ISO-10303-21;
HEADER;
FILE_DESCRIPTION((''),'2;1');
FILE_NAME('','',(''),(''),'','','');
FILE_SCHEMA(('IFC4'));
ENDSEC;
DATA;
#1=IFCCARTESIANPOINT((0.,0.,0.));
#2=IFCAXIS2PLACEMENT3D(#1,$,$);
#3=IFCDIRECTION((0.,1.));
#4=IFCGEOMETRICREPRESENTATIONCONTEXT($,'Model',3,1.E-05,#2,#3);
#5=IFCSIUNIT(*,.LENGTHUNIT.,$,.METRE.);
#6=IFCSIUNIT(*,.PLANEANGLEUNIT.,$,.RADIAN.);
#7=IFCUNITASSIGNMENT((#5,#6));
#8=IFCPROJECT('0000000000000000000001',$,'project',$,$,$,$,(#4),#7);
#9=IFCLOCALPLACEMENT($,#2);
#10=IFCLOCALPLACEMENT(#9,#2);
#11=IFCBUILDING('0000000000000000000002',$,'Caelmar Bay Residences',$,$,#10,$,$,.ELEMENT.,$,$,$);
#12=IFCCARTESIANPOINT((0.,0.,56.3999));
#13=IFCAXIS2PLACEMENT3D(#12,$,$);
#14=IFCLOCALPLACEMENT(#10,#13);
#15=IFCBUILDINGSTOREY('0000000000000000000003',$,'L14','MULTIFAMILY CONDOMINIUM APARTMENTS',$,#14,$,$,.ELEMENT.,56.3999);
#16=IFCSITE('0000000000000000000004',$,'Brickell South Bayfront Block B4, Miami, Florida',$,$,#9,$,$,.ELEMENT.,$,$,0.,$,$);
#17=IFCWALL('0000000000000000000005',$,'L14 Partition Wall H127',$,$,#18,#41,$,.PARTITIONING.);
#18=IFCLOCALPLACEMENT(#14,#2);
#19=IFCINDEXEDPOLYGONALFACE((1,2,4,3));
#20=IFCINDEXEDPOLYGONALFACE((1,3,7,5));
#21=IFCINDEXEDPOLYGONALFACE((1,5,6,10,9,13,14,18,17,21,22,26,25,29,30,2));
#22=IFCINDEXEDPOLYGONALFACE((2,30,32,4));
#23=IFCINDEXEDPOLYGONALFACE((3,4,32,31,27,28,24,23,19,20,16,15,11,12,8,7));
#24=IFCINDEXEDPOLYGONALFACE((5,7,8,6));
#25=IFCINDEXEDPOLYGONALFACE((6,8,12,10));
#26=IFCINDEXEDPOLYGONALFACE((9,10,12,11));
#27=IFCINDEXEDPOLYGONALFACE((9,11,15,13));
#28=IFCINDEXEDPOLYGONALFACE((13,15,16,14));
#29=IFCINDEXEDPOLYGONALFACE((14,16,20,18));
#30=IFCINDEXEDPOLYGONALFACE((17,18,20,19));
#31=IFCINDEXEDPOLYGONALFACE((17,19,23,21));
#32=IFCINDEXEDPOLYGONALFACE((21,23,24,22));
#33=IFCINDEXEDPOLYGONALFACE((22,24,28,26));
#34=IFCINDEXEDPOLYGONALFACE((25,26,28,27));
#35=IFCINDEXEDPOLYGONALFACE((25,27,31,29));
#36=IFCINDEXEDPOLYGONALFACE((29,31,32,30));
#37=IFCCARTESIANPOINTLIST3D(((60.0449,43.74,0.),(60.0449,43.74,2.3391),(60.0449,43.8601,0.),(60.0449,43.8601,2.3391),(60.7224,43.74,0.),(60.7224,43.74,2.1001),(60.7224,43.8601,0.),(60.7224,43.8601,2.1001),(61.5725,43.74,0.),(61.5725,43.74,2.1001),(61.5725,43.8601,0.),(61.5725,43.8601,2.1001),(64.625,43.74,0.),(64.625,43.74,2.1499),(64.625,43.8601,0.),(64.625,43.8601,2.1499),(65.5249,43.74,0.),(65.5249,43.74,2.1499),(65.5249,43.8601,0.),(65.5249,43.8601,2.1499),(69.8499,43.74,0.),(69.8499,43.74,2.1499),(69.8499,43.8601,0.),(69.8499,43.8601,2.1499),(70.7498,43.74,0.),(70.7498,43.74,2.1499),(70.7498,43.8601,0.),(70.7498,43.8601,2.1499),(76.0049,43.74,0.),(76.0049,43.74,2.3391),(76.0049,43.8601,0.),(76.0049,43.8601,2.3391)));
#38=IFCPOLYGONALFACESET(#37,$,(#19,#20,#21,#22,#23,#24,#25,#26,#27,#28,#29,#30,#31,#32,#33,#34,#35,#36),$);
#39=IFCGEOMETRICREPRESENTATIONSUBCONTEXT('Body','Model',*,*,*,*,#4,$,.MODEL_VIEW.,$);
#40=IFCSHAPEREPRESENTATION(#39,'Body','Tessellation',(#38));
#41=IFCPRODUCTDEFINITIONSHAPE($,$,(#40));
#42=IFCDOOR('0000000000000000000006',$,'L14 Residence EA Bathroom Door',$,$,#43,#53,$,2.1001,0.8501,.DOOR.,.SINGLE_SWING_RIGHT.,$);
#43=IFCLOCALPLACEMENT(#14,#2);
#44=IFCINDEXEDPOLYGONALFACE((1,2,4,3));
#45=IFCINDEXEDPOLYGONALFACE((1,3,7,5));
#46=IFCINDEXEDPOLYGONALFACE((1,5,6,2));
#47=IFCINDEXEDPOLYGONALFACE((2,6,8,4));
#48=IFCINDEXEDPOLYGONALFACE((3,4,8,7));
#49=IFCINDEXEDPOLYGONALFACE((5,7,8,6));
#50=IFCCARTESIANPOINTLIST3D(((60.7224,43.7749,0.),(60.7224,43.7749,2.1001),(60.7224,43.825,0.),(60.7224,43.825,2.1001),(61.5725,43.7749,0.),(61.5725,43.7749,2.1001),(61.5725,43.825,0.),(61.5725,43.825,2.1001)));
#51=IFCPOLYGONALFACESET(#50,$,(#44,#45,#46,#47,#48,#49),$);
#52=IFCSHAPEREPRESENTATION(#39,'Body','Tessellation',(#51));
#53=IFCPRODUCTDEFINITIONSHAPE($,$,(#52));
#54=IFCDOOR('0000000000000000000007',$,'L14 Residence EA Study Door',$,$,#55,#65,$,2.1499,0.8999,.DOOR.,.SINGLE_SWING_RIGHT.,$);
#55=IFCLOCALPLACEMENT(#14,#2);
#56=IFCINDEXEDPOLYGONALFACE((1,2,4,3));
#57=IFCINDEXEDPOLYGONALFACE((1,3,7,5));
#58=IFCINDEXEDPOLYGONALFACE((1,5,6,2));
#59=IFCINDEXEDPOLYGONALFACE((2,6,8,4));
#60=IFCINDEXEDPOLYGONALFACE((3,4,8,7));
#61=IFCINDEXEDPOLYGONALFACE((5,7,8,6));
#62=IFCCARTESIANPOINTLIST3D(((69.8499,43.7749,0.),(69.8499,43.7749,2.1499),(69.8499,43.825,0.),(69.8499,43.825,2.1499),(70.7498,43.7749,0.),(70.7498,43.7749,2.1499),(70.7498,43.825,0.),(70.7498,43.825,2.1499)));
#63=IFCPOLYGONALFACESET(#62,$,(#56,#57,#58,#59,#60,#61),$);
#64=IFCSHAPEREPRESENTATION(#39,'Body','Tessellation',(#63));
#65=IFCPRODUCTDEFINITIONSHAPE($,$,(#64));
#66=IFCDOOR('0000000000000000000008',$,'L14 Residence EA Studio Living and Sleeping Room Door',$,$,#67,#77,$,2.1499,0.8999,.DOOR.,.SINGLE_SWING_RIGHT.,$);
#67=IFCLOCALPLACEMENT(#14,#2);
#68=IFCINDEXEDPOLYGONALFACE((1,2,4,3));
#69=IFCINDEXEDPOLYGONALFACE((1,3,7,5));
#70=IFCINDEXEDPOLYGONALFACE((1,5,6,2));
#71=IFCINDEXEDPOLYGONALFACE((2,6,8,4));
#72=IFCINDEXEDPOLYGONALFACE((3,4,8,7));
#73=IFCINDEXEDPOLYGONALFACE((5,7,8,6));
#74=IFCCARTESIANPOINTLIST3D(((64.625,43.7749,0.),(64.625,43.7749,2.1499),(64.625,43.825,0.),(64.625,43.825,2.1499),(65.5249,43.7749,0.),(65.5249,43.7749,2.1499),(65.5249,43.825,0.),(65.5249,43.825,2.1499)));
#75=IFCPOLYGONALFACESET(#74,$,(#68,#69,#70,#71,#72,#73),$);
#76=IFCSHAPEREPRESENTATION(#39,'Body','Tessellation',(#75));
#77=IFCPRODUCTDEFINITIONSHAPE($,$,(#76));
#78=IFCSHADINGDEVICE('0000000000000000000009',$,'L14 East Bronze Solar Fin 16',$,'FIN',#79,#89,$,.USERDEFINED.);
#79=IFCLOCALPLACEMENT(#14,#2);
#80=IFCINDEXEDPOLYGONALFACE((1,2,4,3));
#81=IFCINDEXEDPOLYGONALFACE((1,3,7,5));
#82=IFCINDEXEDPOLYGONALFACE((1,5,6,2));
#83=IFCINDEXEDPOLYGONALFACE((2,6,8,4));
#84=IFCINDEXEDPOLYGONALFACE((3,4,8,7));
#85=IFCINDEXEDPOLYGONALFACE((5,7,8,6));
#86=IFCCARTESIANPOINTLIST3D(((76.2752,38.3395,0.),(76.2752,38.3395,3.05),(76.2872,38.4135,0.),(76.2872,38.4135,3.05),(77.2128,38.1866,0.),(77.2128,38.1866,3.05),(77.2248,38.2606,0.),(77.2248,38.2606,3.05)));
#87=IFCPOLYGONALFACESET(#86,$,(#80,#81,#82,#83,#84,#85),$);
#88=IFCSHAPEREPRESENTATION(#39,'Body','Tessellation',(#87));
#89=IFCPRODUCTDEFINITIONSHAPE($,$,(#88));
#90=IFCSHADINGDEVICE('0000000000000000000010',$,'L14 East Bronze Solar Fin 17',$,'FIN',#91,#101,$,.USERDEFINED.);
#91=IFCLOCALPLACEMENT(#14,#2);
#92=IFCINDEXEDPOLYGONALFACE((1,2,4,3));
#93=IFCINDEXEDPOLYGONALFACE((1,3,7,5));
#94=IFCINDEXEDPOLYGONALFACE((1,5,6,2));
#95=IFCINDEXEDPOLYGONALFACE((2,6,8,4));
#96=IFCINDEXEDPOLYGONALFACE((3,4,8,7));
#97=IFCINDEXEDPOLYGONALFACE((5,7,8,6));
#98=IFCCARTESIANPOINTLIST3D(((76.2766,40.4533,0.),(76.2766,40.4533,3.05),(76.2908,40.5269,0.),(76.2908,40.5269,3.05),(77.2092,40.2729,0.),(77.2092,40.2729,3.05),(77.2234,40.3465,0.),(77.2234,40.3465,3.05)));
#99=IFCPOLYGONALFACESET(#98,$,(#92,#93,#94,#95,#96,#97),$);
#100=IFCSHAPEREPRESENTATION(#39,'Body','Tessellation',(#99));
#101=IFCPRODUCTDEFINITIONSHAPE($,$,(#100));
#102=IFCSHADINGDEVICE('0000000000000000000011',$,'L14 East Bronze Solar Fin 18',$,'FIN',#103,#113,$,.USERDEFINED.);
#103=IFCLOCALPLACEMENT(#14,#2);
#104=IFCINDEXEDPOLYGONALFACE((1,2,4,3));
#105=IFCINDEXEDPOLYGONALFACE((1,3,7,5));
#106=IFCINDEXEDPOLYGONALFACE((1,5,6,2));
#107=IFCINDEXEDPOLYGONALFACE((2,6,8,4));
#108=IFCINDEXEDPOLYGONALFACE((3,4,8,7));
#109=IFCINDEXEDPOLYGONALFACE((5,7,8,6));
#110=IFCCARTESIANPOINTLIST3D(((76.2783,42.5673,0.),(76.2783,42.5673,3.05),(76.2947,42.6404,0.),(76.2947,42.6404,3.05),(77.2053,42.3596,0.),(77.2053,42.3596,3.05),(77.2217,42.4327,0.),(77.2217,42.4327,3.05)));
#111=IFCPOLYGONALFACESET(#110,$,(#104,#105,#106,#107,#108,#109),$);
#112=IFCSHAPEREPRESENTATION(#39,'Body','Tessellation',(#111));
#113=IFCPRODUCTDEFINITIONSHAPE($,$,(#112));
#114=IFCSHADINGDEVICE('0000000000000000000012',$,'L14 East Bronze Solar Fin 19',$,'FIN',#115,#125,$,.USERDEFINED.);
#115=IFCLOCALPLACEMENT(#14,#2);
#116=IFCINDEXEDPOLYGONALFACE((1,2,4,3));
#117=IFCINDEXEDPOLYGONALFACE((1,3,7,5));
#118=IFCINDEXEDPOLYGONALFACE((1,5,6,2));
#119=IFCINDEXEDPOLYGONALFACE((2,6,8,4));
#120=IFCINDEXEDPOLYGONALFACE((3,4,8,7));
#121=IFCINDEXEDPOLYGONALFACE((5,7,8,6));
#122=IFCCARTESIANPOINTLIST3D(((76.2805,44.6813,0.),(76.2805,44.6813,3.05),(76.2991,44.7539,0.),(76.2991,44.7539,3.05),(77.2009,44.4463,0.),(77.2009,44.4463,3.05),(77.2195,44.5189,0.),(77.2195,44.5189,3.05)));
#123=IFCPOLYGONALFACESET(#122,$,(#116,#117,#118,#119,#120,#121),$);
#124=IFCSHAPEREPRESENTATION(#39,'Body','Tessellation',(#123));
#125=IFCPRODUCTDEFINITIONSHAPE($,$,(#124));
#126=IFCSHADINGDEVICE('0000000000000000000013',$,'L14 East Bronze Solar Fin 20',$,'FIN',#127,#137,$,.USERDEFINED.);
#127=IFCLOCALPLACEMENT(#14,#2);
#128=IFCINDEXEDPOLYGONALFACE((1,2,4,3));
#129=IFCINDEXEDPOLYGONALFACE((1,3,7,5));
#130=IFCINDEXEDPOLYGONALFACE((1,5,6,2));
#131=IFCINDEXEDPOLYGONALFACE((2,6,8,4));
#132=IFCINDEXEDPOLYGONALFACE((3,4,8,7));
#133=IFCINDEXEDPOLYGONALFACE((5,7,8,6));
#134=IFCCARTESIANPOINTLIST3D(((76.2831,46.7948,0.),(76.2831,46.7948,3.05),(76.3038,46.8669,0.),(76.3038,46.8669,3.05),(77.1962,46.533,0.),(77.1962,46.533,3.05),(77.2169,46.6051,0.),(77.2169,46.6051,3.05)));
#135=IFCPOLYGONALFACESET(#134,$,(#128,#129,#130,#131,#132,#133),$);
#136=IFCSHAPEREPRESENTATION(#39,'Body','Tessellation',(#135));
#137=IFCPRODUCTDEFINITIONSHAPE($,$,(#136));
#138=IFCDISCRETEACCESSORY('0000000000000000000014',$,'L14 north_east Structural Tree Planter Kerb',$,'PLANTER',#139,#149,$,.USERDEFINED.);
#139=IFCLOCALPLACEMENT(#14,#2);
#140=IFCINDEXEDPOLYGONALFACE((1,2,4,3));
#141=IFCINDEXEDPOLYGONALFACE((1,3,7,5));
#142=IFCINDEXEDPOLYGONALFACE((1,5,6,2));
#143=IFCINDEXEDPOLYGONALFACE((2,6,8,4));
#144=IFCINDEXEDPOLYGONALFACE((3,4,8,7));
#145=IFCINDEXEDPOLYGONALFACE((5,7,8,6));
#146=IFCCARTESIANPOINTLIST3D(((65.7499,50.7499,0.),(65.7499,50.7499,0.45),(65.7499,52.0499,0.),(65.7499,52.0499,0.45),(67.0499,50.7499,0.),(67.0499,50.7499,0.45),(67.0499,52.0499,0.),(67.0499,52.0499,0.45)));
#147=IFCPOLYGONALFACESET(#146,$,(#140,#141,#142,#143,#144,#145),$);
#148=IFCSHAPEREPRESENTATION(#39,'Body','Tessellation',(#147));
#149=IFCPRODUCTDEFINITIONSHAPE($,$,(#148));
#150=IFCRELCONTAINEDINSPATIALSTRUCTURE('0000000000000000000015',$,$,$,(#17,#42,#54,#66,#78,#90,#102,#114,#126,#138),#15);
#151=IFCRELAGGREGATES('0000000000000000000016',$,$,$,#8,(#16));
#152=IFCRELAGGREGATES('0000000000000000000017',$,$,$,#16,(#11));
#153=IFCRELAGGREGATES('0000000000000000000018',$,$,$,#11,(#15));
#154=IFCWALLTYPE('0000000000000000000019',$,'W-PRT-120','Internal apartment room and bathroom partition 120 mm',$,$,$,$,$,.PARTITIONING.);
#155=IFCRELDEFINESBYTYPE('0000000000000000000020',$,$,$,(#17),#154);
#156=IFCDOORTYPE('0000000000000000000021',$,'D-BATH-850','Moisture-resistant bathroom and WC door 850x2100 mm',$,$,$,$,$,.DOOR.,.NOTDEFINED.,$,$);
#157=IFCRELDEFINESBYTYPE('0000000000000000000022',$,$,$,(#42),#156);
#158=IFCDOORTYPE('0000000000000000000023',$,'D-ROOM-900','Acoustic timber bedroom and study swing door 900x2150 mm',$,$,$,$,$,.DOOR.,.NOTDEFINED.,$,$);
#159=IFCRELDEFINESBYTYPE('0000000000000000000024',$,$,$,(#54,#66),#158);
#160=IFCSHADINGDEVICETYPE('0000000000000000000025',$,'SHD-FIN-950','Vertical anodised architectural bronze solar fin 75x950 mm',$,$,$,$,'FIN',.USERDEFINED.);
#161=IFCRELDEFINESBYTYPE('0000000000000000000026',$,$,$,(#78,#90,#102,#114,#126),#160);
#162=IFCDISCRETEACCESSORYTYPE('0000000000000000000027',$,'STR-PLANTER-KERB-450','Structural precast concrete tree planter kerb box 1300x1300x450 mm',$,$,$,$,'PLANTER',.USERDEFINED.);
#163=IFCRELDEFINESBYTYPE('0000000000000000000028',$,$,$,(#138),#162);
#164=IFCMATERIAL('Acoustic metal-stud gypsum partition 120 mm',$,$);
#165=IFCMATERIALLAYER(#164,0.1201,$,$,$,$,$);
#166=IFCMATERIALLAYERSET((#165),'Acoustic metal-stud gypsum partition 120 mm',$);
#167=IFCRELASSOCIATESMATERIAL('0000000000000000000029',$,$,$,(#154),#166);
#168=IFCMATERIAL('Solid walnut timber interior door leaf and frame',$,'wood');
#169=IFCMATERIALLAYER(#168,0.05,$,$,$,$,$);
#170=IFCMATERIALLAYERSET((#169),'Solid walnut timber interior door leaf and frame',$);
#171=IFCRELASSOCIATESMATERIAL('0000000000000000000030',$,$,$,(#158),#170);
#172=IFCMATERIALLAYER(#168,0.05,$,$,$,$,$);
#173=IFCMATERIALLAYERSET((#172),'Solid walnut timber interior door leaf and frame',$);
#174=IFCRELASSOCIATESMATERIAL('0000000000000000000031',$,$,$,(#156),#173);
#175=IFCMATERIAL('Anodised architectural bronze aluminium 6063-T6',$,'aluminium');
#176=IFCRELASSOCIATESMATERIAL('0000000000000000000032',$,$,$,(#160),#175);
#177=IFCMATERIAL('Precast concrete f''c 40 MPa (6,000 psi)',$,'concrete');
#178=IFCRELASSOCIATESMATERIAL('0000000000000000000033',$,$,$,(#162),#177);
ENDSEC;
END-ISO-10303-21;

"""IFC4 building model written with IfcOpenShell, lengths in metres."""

from ifc_helpers import new_model, si_unit, direction, frame, frame_2d, origin, origin_2d, place, context, subcontext, project, spatial, rectangle, extrude, material, layer, layer_set, material_profile, profile_set, type_object, element, fill, save


model = new_model("IFC4")

# Units and contexts
model_context = context("Model", 3, precision=1e-05, world=origin(), true_north=direction((0.0, 1.0)))
body_context = subcontext(model_context, "Body", "Model", "MODEL_VIEW")
ifc_project = project(units=[si_unit("LENGTHUNIT", "METRE"), si_unit("PLANEANGLEUNIT", "RADIAN")], contexts=[model_context])

# Site, building, storey
site_placement = place(None, origin())
site = spatial("IfcSite", under=ifc_project, at=site_placement, Name="Brickell South Bayfront Block B4, Miami, Florida", CompositionType="ELEMENT", RefElevation=0.0)
building_placement = place(site_placement, origin())
building = spatial("IfcBuilding", under=site, at=building_placement, Name="Caelmar Bay Residences", CompositionType="ELEMENT")
storey_placement = place(building_placement, frame((0.0, 0.0, 56.3999)))
storey = spatial("IfcBuildingStorey", under=building, at=storey_placement, Name="L14", Description="MULTIFAMILY CONDOMINIUM APARTMENTS", CompositionType="ELEMENT", Elevation=56.3999)

# Shared definitions
ifc_material_1 = material(Name="Precast concrete f'c 40 MPa (6,000 psi)", Category="concrete")

# Shared definitions
ifc_material_2 = material(Name="Acoustic metal-stud gypsum partition 120 mm")
ifc_layer_1 = layer(ifc_material_2, 0.1201)
ifc_layer_set_1 = layer_set([ifc_layer_1], Name="Acoustic metal-stud gypsum partition 120 mm")
wall_type_1 = type_object("IfcWallType", Name="W-PRT-120", Description="Internal apartment room and bathroom partition 120 mm", PredefinedType="PARTITIONING", material=ifc_layer_set_1)
ifc_material_3 = material(Name="Solid walnut timber interior door leaf and frame", Category="wood")
ifc_layer_2 = layer(ifc_material_3, 0.05)
ifc_layer_set_2 = layer_set([ifc_layer_2], Name="Solid walnut timber interior door leaf and frame")
door_type_1 = type_object("IfcDoorType", Name="D-ROOM-900", Description="Acoustic timber bedroom and study swing door 900x2150 mm", OperationType="NOTDEFINED", PredefinedType="DOOR", material=ifc_layer_set_2)

# Wall, openings, doors
wall_1_placement = place(storey_placement, frame((60.0449, 43.8, 0.0), z_axis=(0.0, 0.0, 1.0), x_axis=(1.0, 0.0, 0.0)))
wall_1 = element("IfcWall", 1, at=wall_1_placement, inside=storey, type_object=wall_type_1, Name="L14 Partition Wall H127", PredefinedType="PARTITIONING", context=body_context, shape_type="SweptSolid", body=[
    extrude(rectangle(XDim=15.96, YDim=0.1201, at=frame_2d((7.98, 0.0))), origin(), (0.0, 0.0, 1.0), 2.3391),
])
opening_1_placement = place(wall_1_placement, frame((9.8049, 0.0, 0.0)))
opening_1 = element("IfcOpeningElement", 2, at=opening_1_placement, cuts=wall_1, PredefinedType="OPENING", context=body_context, shape_type="SweptSolid", body=[
    extrude(rectangle(XDim=0.8999, YDim=2.1499, at=frame_2d((0.45, 1.075))), frame((0.0, 0.0701, 0.0), z_axis=(0.0, -1.0, 0.0), x_axis=(1.0, 0.0, 0.0)), (0.0, 0.0, 1.0), 0.1401),
])
opening_2_placement = place(wall_1_placement, frame((4.5801, 0.0, 0.0)))
opening_2 = element("IfcOpeningElement", 3, at=opening_2_placement, cuts=wall_1, PredefinedType="OPENING", context=body_context, shape_type="SweptSolid", body=[
    extrude(rectangle(XDim=0.8999, YDim=2.1499, at=frame_2d((0.45, 1.075))), frame((0.0, 0.0701, 0.0), z_axis=(0.0, -1.0, 0.0), x_axis=(1.0, 0.0, 0.0)), (0.0, 0.0, 1.0), 0.1401),
])
opening_3_placement = place(wall_1_placement, frame((0.6775, 0.0, 0.0)))
opening_3 = element("IfcOpeningElement", 4, at=opening_3_placement, cuts=wall_1, PredefinedType="OPENING", context=body_context, shape_type="SweptSolid", body=[
    extrude(rectangle(XDim=0.8501, YDim=2.1001, at=frame_2d((0.425, 1.05))), frame((0.0, 0.0701, 0.0), z_axis=(0.0, -1.0, 0.0), x_axis=(1.0, 0.0, 0.0)), (0.0, 0.0, 1.0), 0.1401),
])
ifc_layer_3 = layer(ifc_material_3, 0.05)
ifc_layer_set_3 = layer_set([ifc_layer_3], Name="Solid walnut timber interior door leaf and frame")
door_type_2 = type_object("IfcDoorType", Name="D-BATH-850", Description="Moisture-resistant bathroom and WC door 850x2100 mm", OperationType="NOTDEFINED", PredefinedType="DOOR", material=ifc_layer_set_3)
door_1_placement = place(opening_3_placement, origin())
door_1 = element("IfcDoor", 5, at=door_1_placement, inside=storey, type_object=door_type_2, Name="L14 Residence EA Bathroom Door", OperationType="SINGLE_SWING_RIGHT", OverallHeight=2.1001, OverallWidth=0.8501, PredefinedType="DOOR", context=body_context, shape_type="SweptSolid", body=[
    extrude(rectangle(XDim=0.8501, YDim=2.1001, at=frame_2d((0.425, 1.05))), frame((0.0, 0.0249, 0.0), z_axis=(0.0, -1.0, 0.0), x_axis=(1.0, 0.0, 0.0)), (0.0, 0.0, 1.0), 0.05),
])
fill(opening_3, door_1)
door_2_placement = place(opening_1_placement, origin())
door_2 = element("IfcDoor", 6, at=door_2_placement, inside=storey, type_object=door_type_1, Name="L14 Residence EA Study Door", OperationType="SINGLE_SWING_RIGHT", OverallHeight=2.1499, OverallWidth=0.8999, PredefinedType="DOOR", context=body_context, shape_type="SweptSolid", body=[
    extrude(rectangle(XDim=0.8999, YDim=2.1499, at=frame_2d((0.45, 1.075))), frame((0.0, 0.0249, 0.0), z_axis=(0.0, -1.0, 0.0), x_axis=(1.0, 0.0, 0.0)), (0.0, 0.0, 1.0), 0.05),
])
fill(opening_1, door_2)
door_3_placement = place(opening_2_placement, origin())
door_3 = element("IfcDoor", 7, at=door_3_placement, inside=storey, type_object=door_type_1, Name="L14 Residence EA Studio Living and Sleeping Room Door", OperationType="SINGLE_SWING_RIGHT", OverallHeight=2.1499, OverallWidth=0.8999, PredefinedType="DOOR", context=body_context, shape_type="SweptSolid", body=[
    extrude(rectangle(XDim=0.8999, YDim=2.1499, at=frame_2d((0.45, 1.075))), frame((0.0, 0.0249, 0.0), z_axis=(0.0, -1.0, 0.0), x_axis=(1.0, 0.0, 0.0)), (0.0, 0.0, 1.0), 0.05),
])
fill(opening_2, door_3)

# Shading devices
ifc_material_4 = material(Name="Anodised architectural bronze aluminium 6063-T6", Category="aluminium")
ifc_material_profile_1 = material_profile(ifc_material_4, rectangle(XDim=0.075, YDim=0.95, at=origin_2d()), Name="BRONZE-FIN-75X950")
ifc_profile_set_1 = profile_set([ifc_material_profile_1], Name="Anodised architectural bronze aluminium 6063-T6")
shading_device_type = type_object("IfcShadingDeviceType", Name="SHD-FIN-950", Description="Vertical anodised architectural bronze solar fin 75x950 mm", ElementType="FIN", PredefinedType="USERDEFINED", material=ifc_profile_set_1)
for number, where, z_axis, x_axis, name in (
    (8, (76.75, 38.3, 0.0), (0.0, 0.0, 1.0), (0.160915, 0.986968, 0.0), "L14 East Bronze Solar Fin 16"),
    (9, (76.75, 40.3999, 0.0), (0.0, 0.0, 1.0), (0.189952, 0.981793, 0.0), "L14 East Bronze Solar Fin 17"),
    (10, (76.75, 42.5, 0.0), (0.0, 0.0, 1.0), (0.218654, 0.975802, 0.0), "L14 East Bronze Solar Fin 18"),
    (11, (76.75, 44.6001, 0.0), (0.0, 0.0, 1.0), (0.247337, 0.968929, 0.0), "L14 East Bronze Solar Fin 19"),
    (12, (76.75, 46.7, 0.0), (0.0, 0.0, 1.0), (0.275637, 0.961262, 0.0), "L14 East Bronze Solar Fin 20"),
):
    element("IfcShadingDevice", number, at=place(storey_placement, frame(where, z_axis=z_axis, x_axis=x_axis)), inside=storey, type_object=shading_device_type, Name=name, ObjectType="FIN", PredefinedType="USERDEFINED", context=body_context, shape_type="SweptSolid", body=[
        extrude(rectangle(XDim=0.075, YDim=0.95, at=origin_2d()), origin(), (0.0, 0.0, 1.0), 3.05),
    ])

# Discrete accessory
discrete_accessory_type = type_object("IfcDiscreteAccessoryType", Name="STR-PLANTER-KERB-450", Description="Structural precast concrete tree planter kerb box 1300x1300x450 mm", ElementType="PLANTER", PredefinedType="USERDEFINED", material=ifc_material_1)
discrete_accessory_placement = place(storey_placement, frame((66.3999, 51.3999, 0.0), z_axis=(0.0, 0.0, 1.0), x_axis=(1.0, 0.0, 0.0)))
element("IfcDiscreteAccessory", 13, at=discrete_accessory_placement, inside=storey, type_object=discrete_accessory_type, Name="L14 north_east Structural Tree Planter Kerb", ObjectType="PLANTER", PredefinedType="USERDEFINED", context=body_context, shape_type="SweptSolid", body=[
    extrude(rectangle(XDim=1.3, YDim=1.3, at=origin_2d()), origin(), (0.0, 0.0, 1.0), 0.45),
])

save(model, "model.ifc")
